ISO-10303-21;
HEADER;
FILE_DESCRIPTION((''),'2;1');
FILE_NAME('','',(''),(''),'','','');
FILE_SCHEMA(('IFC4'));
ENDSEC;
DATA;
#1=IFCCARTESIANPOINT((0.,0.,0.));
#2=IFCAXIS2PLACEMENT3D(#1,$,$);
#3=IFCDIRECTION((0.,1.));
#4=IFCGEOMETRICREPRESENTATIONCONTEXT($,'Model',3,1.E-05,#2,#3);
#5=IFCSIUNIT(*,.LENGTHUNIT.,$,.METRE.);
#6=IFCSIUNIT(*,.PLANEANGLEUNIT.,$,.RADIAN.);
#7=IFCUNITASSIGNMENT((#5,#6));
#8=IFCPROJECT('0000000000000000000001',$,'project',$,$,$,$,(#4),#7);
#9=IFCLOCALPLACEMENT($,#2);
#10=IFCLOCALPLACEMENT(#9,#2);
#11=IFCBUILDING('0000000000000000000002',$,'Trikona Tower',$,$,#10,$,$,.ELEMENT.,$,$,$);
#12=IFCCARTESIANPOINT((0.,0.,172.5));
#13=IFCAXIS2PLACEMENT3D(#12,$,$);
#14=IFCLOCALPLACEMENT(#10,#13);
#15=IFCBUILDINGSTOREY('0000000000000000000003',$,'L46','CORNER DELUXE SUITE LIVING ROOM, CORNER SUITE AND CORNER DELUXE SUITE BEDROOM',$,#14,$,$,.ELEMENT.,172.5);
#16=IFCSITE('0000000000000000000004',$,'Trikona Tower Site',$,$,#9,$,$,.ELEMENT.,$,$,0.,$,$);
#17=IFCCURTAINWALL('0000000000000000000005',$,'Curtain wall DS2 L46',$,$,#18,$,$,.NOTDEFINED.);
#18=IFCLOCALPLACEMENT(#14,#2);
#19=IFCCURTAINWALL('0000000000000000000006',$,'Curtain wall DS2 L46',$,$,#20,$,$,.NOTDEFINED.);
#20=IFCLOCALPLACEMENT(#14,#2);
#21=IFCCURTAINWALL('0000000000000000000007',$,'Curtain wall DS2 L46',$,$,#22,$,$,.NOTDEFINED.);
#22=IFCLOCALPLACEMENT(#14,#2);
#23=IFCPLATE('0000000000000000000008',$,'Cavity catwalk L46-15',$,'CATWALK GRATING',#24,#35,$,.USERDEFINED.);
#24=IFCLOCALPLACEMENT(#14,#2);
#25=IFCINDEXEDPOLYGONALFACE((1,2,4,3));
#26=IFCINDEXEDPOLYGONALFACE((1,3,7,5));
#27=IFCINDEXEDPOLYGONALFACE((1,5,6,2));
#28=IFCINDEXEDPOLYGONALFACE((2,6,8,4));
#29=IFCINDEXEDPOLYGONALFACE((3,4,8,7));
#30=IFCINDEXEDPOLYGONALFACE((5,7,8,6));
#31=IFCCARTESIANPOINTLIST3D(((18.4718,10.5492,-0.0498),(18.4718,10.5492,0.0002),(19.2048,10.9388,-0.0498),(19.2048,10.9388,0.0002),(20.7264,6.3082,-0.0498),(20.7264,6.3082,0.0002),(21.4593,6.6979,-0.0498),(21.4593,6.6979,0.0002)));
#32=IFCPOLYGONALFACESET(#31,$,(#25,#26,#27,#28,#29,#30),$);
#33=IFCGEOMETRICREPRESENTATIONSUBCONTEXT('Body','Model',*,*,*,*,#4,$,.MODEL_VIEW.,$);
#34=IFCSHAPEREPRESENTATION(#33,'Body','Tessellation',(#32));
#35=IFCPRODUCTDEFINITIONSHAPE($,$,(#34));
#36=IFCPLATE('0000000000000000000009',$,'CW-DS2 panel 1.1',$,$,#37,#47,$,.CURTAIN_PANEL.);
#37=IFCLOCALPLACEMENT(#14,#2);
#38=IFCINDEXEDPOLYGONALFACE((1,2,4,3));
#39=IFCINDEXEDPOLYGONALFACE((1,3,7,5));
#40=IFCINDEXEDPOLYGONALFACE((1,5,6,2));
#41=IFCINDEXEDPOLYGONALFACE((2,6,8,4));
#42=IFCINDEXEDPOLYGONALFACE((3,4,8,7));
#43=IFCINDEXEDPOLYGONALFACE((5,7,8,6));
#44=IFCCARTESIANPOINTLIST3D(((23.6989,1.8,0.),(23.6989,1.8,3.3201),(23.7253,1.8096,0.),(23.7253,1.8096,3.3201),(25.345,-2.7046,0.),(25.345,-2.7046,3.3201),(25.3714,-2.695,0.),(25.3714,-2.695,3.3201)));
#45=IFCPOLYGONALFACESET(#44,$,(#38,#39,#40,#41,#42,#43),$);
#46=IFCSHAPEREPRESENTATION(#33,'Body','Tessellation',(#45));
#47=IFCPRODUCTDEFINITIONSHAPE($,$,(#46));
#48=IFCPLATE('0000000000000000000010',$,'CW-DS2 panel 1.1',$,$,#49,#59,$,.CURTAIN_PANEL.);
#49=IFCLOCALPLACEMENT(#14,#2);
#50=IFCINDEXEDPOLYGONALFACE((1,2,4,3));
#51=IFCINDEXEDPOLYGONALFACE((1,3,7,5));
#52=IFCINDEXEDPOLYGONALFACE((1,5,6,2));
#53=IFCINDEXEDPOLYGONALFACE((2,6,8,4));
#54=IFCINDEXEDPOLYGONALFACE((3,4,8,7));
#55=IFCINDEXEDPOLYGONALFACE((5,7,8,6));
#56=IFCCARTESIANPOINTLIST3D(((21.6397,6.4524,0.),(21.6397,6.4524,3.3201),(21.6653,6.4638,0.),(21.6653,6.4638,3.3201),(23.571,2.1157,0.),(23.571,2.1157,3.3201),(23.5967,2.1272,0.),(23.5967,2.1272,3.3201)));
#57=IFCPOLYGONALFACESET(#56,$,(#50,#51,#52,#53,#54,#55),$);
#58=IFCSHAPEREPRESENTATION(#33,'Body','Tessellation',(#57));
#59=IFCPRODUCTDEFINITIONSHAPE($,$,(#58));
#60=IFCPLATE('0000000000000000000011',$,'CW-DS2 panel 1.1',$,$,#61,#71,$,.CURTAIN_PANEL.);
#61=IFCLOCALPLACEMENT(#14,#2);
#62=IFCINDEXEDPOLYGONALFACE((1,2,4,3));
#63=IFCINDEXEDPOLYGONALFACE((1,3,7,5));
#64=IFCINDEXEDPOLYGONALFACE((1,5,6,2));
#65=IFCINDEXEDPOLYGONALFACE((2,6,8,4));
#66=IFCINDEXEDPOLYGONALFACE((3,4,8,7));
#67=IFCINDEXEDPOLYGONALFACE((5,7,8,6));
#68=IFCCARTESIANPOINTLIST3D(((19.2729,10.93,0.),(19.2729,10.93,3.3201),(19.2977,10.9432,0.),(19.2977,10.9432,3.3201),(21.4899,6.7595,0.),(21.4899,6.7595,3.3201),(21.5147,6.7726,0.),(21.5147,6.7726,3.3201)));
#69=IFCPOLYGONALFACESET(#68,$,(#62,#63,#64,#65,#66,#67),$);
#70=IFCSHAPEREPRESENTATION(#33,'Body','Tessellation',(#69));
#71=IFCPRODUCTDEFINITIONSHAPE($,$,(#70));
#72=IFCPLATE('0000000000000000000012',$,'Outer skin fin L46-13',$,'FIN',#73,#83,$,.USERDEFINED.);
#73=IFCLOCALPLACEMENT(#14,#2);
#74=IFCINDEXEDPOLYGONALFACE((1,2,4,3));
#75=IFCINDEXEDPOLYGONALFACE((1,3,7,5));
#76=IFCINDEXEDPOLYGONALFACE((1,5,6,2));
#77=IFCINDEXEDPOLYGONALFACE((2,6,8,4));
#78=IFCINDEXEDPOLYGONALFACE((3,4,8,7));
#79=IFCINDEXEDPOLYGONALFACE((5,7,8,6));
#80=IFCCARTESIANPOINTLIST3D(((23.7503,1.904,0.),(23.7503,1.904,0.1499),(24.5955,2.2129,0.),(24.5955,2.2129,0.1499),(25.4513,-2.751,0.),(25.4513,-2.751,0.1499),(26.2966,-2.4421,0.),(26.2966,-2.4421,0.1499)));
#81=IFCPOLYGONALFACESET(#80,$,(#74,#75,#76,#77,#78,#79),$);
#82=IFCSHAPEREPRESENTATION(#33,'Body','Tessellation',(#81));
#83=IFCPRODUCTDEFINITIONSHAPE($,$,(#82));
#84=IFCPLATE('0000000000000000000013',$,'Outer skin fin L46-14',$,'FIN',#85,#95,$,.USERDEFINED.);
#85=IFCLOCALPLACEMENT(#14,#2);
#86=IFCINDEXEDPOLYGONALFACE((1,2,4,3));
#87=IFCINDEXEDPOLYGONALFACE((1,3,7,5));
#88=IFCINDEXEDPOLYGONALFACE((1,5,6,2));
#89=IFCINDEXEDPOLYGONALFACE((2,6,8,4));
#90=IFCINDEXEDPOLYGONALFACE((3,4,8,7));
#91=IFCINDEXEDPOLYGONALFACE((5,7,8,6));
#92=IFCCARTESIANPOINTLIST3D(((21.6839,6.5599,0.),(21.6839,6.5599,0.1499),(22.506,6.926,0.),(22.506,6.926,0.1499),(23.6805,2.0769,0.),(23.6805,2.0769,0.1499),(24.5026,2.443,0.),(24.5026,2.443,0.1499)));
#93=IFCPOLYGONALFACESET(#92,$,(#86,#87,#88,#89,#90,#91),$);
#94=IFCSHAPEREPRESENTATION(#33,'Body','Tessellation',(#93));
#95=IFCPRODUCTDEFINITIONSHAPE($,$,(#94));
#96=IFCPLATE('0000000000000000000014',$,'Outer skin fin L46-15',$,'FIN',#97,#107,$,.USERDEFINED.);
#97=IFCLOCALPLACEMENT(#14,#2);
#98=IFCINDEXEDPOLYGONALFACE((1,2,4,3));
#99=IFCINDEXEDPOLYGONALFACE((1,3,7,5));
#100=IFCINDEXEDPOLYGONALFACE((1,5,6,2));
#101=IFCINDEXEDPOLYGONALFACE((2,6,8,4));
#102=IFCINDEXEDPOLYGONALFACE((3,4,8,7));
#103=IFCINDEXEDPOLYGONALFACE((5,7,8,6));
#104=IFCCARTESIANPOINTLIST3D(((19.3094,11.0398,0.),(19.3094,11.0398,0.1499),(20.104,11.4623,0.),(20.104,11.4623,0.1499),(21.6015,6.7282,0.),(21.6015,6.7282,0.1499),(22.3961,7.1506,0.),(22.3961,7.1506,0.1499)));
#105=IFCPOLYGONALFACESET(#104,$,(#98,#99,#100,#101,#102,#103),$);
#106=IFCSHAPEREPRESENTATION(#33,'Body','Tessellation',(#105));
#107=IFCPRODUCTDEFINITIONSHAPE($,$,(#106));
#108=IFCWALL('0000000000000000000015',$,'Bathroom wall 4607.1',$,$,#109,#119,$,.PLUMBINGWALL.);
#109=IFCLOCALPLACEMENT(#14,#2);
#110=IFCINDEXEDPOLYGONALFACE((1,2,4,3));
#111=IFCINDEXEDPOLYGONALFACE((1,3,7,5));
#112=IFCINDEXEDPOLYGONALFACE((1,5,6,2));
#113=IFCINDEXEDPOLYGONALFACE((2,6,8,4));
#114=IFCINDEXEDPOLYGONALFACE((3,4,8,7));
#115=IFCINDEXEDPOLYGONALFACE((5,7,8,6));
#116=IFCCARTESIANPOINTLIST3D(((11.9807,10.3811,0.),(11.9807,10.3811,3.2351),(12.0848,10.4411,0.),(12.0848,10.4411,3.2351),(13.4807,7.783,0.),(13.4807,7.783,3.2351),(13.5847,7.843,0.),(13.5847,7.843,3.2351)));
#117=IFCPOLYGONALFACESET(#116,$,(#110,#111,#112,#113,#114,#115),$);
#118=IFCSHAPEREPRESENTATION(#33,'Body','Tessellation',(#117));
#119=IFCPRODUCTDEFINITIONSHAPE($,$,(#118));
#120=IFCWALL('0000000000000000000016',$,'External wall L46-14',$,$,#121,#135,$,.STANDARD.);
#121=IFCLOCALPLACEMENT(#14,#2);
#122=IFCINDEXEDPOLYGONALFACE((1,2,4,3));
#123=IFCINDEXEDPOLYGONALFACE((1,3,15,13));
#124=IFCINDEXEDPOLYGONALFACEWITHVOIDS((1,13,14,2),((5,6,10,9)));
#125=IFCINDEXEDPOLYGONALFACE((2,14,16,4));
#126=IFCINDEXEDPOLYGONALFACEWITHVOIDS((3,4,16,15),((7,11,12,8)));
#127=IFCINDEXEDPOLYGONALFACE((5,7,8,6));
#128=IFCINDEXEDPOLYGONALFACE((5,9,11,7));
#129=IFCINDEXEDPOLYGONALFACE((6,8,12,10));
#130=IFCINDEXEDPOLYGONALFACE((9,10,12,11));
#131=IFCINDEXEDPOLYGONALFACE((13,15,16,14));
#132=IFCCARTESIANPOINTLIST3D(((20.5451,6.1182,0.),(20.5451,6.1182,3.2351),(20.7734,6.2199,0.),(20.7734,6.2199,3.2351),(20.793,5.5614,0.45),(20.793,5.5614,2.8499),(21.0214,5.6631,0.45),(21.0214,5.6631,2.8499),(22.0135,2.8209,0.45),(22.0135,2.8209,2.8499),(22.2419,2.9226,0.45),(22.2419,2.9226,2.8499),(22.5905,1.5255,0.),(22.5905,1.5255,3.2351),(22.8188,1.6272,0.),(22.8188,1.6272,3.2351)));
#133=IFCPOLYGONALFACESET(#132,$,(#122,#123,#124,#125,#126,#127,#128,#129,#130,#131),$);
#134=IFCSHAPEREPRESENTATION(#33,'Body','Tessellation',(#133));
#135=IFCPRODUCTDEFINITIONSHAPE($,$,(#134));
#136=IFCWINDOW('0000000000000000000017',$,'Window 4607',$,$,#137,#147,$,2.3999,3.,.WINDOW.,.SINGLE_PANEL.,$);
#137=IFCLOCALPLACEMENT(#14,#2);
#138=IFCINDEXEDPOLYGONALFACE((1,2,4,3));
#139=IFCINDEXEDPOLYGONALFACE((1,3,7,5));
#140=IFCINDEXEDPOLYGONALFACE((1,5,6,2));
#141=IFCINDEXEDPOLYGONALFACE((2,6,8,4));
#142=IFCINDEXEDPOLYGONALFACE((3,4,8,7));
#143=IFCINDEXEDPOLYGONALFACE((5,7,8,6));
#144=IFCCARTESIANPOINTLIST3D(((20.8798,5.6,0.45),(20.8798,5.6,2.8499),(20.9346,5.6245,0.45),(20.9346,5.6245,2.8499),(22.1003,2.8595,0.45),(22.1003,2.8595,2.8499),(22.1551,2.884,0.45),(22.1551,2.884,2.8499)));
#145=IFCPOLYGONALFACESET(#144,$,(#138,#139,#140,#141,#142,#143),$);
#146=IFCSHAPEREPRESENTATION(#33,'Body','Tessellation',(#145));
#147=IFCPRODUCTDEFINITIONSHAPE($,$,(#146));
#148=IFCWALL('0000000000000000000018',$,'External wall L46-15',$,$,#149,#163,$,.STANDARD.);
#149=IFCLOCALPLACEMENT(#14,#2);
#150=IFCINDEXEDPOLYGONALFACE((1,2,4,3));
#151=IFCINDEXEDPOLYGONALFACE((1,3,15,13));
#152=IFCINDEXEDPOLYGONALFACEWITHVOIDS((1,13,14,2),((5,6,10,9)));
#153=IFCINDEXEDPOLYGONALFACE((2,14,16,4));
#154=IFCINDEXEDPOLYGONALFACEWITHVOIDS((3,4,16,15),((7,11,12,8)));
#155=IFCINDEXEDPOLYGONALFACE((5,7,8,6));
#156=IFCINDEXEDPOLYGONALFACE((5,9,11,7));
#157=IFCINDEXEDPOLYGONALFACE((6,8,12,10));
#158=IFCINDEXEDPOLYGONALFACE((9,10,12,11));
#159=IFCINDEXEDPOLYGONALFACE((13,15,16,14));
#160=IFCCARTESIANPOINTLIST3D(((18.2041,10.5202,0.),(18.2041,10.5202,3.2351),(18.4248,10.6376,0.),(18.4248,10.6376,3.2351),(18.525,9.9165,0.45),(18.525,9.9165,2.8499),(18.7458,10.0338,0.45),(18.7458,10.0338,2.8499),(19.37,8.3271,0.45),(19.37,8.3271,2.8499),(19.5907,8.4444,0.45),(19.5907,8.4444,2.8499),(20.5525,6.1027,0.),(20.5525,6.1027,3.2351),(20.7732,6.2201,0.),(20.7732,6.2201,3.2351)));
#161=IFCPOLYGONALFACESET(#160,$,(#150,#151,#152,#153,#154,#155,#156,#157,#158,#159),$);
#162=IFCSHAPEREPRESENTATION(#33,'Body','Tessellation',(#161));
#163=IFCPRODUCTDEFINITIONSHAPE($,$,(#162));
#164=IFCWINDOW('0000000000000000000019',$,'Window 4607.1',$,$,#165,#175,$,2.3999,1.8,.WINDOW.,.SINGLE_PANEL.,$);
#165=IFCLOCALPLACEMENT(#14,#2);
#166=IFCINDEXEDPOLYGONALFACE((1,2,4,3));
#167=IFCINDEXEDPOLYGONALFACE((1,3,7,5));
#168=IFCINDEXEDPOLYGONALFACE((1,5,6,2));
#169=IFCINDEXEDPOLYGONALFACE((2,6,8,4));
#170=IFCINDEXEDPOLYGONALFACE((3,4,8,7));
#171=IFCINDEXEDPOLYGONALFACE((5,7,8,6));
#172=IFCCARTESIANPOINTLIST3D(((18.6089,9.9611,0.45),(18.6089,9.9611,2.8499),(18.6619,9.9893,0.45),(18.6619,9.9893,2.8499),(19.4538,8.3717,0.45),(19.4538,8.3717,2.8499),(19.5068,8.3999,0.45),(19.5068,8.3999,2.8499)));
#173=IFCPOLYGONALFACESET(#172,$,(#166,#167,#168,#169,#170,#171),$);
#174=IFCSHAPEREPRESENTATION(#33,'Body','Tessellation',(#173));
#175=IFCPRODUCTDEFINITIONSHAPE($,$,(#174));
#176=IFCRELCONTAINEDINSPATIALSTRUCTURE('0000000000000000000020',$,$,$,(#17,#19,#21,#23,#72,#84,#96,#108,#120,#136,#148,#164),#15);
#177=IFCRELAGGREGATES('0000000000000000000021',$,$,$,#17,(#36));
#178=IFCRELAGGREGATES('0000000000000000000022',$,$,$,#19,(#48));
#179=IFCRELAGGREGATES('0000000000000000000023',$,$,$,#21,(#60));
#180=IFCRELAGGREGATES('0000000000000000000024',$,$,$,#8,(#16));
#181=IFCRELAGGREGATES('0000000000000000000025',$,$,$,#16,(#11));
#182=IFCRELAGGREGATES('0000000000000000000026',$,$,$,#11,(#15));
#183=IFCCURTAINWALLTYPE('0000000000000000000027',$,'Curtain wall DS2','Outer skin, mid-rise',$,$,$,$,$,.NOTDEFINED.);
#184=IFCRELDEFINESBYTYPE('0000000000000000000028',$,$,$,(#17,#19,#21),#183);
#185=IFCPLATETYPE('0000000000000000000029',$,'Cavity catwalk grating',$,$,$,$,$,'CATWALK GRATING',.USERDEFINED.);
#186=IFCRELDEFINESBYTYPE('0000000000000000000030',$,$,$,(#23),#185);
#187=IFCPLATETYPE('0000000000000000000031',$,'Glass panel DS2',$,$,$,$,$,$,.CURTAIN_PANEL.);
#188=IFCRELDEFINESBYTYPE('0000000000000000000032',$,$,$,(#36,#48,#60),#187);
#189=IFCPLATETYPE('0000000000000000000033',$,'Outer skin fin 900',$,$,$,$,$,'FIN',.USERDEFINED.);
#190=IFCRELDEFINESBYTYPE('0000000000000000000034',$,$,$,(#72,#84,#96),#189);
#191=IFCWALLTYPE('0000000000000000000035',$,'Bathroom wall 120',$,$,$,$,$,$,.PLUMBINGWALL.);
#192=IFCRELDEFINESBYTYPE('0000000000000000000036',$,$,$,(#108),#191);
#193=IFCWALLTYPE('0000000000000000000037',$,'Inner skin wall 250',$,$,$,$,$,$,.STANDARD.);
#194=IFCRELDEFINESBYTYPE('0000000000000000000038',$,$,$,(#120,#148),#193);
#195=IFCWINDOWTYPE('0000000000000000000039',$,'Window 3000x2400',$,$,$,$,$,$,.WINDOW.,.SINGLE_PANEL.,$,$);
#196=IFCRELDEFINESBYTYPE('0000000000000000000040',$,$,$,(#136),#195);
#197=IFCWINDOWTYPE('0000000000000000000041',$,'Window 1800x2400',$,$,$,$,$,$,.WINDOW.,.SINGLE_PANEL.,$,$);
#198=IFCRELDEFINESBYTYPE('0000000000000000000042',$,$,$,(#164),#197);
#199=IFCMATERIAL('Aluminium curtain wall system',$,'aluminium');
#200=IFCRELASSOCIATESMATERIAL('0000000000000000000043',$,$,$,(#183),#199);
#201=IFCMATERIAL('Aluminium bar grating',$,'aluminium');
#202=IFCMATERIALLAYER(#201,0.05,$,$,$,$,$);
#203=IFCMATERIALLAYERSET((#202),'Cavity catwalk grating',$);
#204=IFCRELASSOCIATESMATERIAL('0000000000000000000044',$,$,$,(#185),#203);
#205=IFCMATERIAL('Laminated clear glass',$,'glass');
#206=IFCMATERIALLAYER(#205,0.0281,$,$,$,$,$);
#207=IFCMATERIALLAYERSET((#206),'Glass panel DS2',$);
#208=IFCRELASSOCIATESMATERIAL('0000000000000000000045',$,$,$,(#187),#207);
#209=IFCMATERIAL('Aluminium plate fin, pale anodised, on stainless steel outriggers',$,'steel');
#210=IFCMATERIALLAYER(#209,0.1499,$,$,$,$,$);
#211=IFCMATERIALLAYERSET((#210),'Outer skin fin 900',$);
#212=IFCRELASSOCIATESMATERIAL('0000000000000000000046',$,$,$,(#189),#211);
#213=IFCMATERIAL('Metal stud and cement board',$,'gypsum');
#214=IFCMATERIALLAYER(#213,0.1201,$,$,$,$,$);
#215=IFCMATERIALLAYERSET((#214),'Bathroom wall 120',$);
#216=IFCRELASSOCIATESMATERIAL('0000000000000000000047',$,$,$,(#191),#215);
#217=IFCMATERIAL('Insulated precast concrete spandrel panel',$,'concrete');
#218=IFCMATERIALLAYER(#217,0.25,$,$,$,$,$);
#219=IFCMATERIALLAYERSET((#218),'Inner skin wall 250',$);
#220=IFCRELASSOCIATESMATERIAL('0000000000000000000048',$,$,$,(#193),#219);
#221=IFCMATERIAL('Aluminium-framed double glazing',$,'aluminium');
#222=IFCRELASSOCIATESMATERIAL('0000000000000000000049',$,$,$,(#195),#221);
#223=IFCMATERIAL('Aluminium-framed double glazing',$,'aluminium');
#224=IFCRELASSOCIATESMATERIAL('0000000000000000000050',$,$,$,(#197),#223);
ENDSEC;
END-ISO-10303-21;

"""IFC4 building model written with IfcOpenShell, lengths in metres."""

from ifc_helpers import new_model, si_unit, direction, frame, frame_2d, origin, origin_2d, place, context, subcontext, project, spatial, rectangle, extrude, material, layer, layer_set, type_object, element, fill, aggregate, save


model = new_model("IFC4")

# Units and contexts
model_context = context("Model", 3, precision=1e-05, world=origin(), true_north=direction((0.0, 1.0)))
body_context = subcontext(model_context, "Body", "Model", "MODEL_VIEW")
ifc_project = project(units=[si_unit("LENGTHUNIT", "METRE"), si_unit("PLANEANGLEUNIT", "RADIAN")], contexts=[model_context])

# Site, building, storey
site_placement = place(None, origin())
site = spatial("IfcSite", under=ifc_project, at=site_placement, Name="Trikona Tower Site", CompositionType="ELEMENT", RefElevation=0.0)
building_placement = place(site_placement, origin())
building = spatial("IfcBuilding", under=site, at=building_placement, Name="Trikona Tower", CompositionType="ELEMENT")
storey_placement = place(building_placement, frame((0.0, 0.0, 172.5)))
storey = spatial("IfcBuildingStorey", under=building, at=storey_placement, Name="L46", Description="CORNER DELUXE SUITE LIVING ROOM, CORNER SUITE AND CORNER DELUXE SUITE BEDROOM", CompositionType="ELEMENT", Elevation=172.5)

# Curtain wall
ifc_material_1 = material(Name="Aluminium curtain wall system", Category="aluminium")
curtain_wall_type = type_object("IfcCurtainWallType", Name="Curtain wall DS2", Description="Outer skin, mid-rise", PredefinedType="NOTDEFINED", material=ifc_material_1)
curtain_wall_1_placement = place(storey_placement, origin())
curtain_wall_1 = element("IfcCurtainWall", 1, at=curtain_wall_1_placement, inside=storey, type_object=curtain_wall_type, Name="Curtain wall DS2 L46", PredefinedType="NOTDEFINED")

# Curtain wall
curtain_wall_2_placement = place(storey_placement, origin())
curtain_wall_2 = element("IfcCurtainWall", 2, at=curtain_wall_2_placement, inside=storey, type_object=curtain_wall_type, Name="Curtain wall DS2 L46", PredefinedType="NOTDEFINED")

# Curtain wall
curtain_wall_3_placement = place(storey_placement, origin())
curtain_wall_3 = element("IfcCurtainWall", 3, at=curtain_wall_3_placement, inside=storey, type_object=curtain_wall_type, Name="Curtain wall DS2 L46", PredefinedType="NOTDEFINED")

# Plate
ifc_material_2 = material(Name="Aluminium bar grating", Category="aluminium")
ifc_layer_1 = layer(ifc_material_2, 0.05)
ifc_layer_set_1 = layer_set([ifc_layer_1], Name="Cavity catwalk grating")
plate_type_1 = type_object("IfcPlateType", Name="Cavity catwalk grating", ElementType="CATWALK GRATING", PredefinedType="USERDEFINED", material=ifc_layer_set_1)
plate_1_placement = place(storey_placement, frame((19.9656, 8.6235, -0.0498), z_axis=(0.0, 0.0, 1.0), x_axis=(-0.469398, 0.882987, 0.0)))
element("IfcPlate", 4, at=plate_1_placement, inside=storey, type_object=plate_type_1, Name="Cavity catwalk L46-15", ObjectType="CATWALK GRATING", PredefinedType="USERDEFINED", context=body_context, shape_type="SweptSolid", body=[
    extrude(rectangle(XDim=4.803, YDim=0.8301, at=origin_2d()), origin(), (0.0, 0.0, 1.0), 0.05),
])

# Plates
ifc_material_3 = material(Name="Laminated clear glass", Category="glass")
ifc_layer_2 = layer(ifc_material_3, 0.0281)
ifc_layer_set_2 = layer_set([ifc_layer_2], Name="Glass panel DS2")
plate_type_2 = type_object("IfcPlateType", Name="Glass panel DS2", PredefinedType="CURTAIN_PANEL", material=ifc_layer_set_2)
plate_2_placement = place(storey_placement, frame((24.5352, -0.4475, 0.0), z_axis=(0.0, 0.0, 1.0), x_axis=(-0.343223, 0.939254, 0.0)))
plate_2 = element("IfcPlate", 5, at=plate_2_placement, type_object=plate_type_2, Name="CW-DS2 panel 1.1", PredefinedType="CURTAIN_PANEL", context=body_context, shape_type="SweptSolid", body=[
    extrude(rectangle(XDim=4.7959, YDim=0.0281, at=origin_2d()), origin(), (0.0, 0.0, 1.0), 3.3201),
])
aggregate(curtain_wall_1, [plate_2])
plate_3_placement = place(storey_placement, frame((22.6182, 4.2898, 0.0), z_axis=(0.0, 0.0, 1.0), x_axis=(-0.406836, 0.913501, 0.0)))
plate_3 = element("IfcPlate", 6, at=plate_3_placement, type_object=plate_type_2, Name="CW-DS2 panel 1.1", PredefinedType="CURTAIN_PANEL", context=body_context, shape_type="SweptSolid", body=[
    extrude(rectangle(XDim=4.7473, YDim=0.0281, at=origin_2d()), origin(), (0.0, 0.0, 1.0), 3.3201),
])
aggregate(curtain_wall_2, [plate_3])
plate_4_placement = place(storey_placement, frame((20.3938, 8.8513, 0.0), z_axis=(0.0, 0.0, 1.0), x_axis=(-0.46938, 0.882996, 0.0)))
plate_4 = element("IfcPlate", 7, at=plate_4_placement, type_object=plate_type_2, Name="CW-DS2 panel 1.1", PredefinedType="CURTAIN_PANEL", context=body_context, shape_type="SweptSolid", body=[
    extrude(rectangle(XDim=4.7231, YDim=0.0281, at=origin_2d()), origin(), (0.0, 0.0, 1.0), 3.3201),
])
aggregate(curtain_wall_3, [plate_4])

# Plates
ifc_material_4 = material(Name="Aluminium plate fin, pale anodised, on stainless steel outriggers", Category="steel")
ifc_layer_3 = layer(ifc_material_4, 0.1499)
ifc_layer_set_3 = layer_set([ifc_layer_3], Name="Outer skin fin 900")
plate_type_3 = type_object("IfcPlateType", Name="Outer skin fin 900", ElementType="FIN", PredefinedType="USERDEFINED", material=ifc_layer_set_3)
plate_5_placement = place(storey_placement, frame((25.0234, -0.269, 0.0), z_axis=(0.0, 0.0, 1.0), x_axis=(-0.34322, 0.939255, 0.0)))
element("IfcPlate", 8, at=plate_5_placement, inside=storey, type_object=plate_type_3, Name="Outer skin fin L46-13", ObjectType="FIN", PredefinedType="USERDEFINED", context=body_context, shape_type="SweptSolid", body=[
    extrude(rectangle(XDim=4.9561, YDim=0.8999, at=origin_2d()), origin(), (0.0, 0.0, 1.0), 0.1499),
])
plate_6_placement = place(storey_placement, frame((23.0933, 4.5015, 0.0), z_axis=(0.0, 0.0, 1.0), x_axis=(-0.406843, 0.913498, 0.0)))
element("IfcPlate", 9, at=plate_6_placement, inside=storey, type_object=plate_type_3, Name="Outer skin fin L46-14", ObjectType="FIN", PredefinedType="USERDEFINED", context=body_context, shape_type="SweptSolid", body=[
    extrude(rectangle(XDim=4.9075, YDim=0.8999, at=origin_2d()), origin(), (0.0, 0.0, 1.0), 0.1499),
])
plate_7_placement = place(storey_placement, frame((20.8528, 9.0952, 0.0), z_axis=(0.0, 0.0, 1.0), x_axis=(-0.469398, 0.882987, 0.0)))
element("IfcPlate", 10, at=plate_7_placement, inside=storey, type_object=plate_type_3, Name="Outer skin fin L46-15", ObjectType="FIN", PredefinedType="USERDEFINED", context=body_context, shape_type="SweptSolid", body=[
    extrude(rectangle(XDim=4.8831, YDim=0.8999, at=origin_2d()), origin(), (0.0, 0.0, 1.0), 0.1499),
])

# Wall
ifc_material_5 = material(Name="Metal stud and cement board", Category="gypsum")
ifc_layer_4 = layer(ifc_material_5, 0.1201)
ifc_layer_set_4 = layer_set([ifc_layer_4], Name="Bathroom wall 120")
wall_type_1 = type_object("IfcWallType", Name="Bathroom wall 120", PredefinedType="PLUMBINGWALL", material=ifc_layer_set_4)
wall_1_placement = place(storey_placement, frame((13.5327, 7.813, 0.0), z_axis=(0.0, 0.0, 1.0), x_axis=(-0.49999, 0.866031, 0.0)))
element("IfcWall", 11, at=wall_1_placement, inside=storey, type_object=wall_type_1, Name="Bathroom wall 4607.1", PredefinedType="PLUMBINGWALL", context=body_context, shape_type="SweptSolid", body=[
    extrude(rectangle(XDim=3.0, YDim=0.1201, at=frame_2d((1.5, 0.0))), origin(), (0.0, 0.0, 1.0), 3.2351),
])

# Walls, openings, windows
ifc_material_6 = material(Name="Insulated precast concrete spandrel panel", Category="concrete")
ifc_layer_5 = layer(ifc_material_6, 0.25)
ifc_layer_set_5 = layer_set([ifc_layer_5], Name="Inner skin wall 250")
wall_type_2 = type_object("IfcWallType", Name="Inner skin wall 250", PredefinedType="STANDARD", material=ifc_layer_set_5)
wall_2_placement = place(storey_placement, frame((22.7046, 1.5764, 0.0), z_axis=(0.0, 0.0, 1.0), x_axis=(-0.406832, 0.913503, 0.0)))
wall_2 = element("IfcWall", 12, at=wall_2_placement, inside=storey, type_object=wall_type_2, Name="External wall L46-14", PredefinedType="STANDARD", context=body_context, shape_type="SweptSolid", body=[
    extrude(rectangle(XDim=5.0276, YDim=0.25, at=frame_2d((2.5137, 0.0))), origin(), (0.0, 0.0, 1.0), 3.2351),
])
opening_1_placement = place(wall_2_placement, frame((1.418, 0.0, 0.45)))
opening_1 = element("IfcOpeningElement", 13, at=opening_1_placement, cuts=wall_2, PredefinedType="OPENING", context=body_context, shape_type="SweptSolid", body=[
    extrude(rectangle(XDim=3.0, YDim=2.3999, at=frame_2d((1.5, 1.2))), frame((0.0, 0.135, 0.0), z_axis=(0.0, -1.0, 0.0), x_axis=(1.0, 0.0, 0.0)), (0.0, 0.0, 1.0), 0.27),
])
ifc_material_7 = material(Name="Aluminium-framed double glazing", Category="aluminium")
window_type_1 = type_object("IfcWindowType", Name="Window 3000x2400", PartitioningType="SINGLE_PANEL", PredefinedType="WINDOW", material=ifc_material_7)
window_1_placement = place(opening_1_placement, origin())
window_1 = element("IfcWindow", 14, at=window_1_placement, inside=storey, type_object=window_type_1, Name="Window 4607", OverallHeight=2.3999, OverallWidth=3.0, PartitioningType="SINGLE_PANEL", PredefinedType="WINDOW", context=body_context, shape_type="SweptSolid", body=[
    extrude(rectangle(XDim=3.0, YDim=2.3999, at=frame_2d((1.5, 1.2))), frame((0.0, 0.03, 0.0), z_axis=(0.0, -1.0, 0.0), x_axis=(1.0, 0.0, 0.0)), (0.0, 0.0, 1.0), 0.0601),
])
fill(opening_1, window_1)
wall_3_placement = place(storey_placement, frame((20.6628, 6.1614, 0.0), z_axis=(0.0, 0.0, 1.0), x_axis=(-0.469405, 0.882983, 0.0)))
wall_3 = element("IfcWall", 15, at=wall_3_placement, inside=storey, type_object=wall_type_2, Name="External wall L46-15", PredefinedType="STANDARD", context=body_context, shape_type="SweptSolid", body=[
    extrude(rectangle(XDim=5.0029, YDim=0.25, at=frame_2d((2.5015, 0.0))), origin(), (0.0, 0.0, 1.0), 3.2351),
])
opening_2_placement = place(wall_3_placement, frame((2.5193, 0.0, 0.45)))
opening_2 = element("IfcOpeningElement", 16, at=opening_2_placement, cuts=wall_3, PredefinedType="OPENING", context=body_context, shape_type="SweptSolid", body=[
    extrude(rectangle(XDim=1.8, YDim=2.3999, at=frame_2d((0.8999, 1.2))), frame((0.0, 0.135, 0.0), z_axis=(0.0, -1.0, 0.0), x_axis=(1.0, 0.0, 0.0)), (0.0, 0.0, 1.0), 0.27),
])
ifc_material_8 = material(Name="Aluminium-framed double glazing", Category="aluminium")
window_type_2 = type_object("IfcWindowType", Name="Window 1800x2400", PartitioningType="SINGLE_PANEL", PredefinedType="WINDOW", material=ifc_material_8)
window_2_placement = place(opening_2_placement, origin())
window_2 = element("IfcWindow", 17, at=window_2_placement, inside=storey, type_object=window_type_2, Name="Window 4607.1", OverallHeight=2.3999, OverallWidth=1.8, PartitioningType="SINGLE_PANEL", PredefinedType="WINDOW", context=body_context, shape_type="SweptSolid", body=[
    extrude(rectangle(XDim=1.8, YDim=2.3999, at=frame_2d((0.8999, 1.2))), frame((0.0, 0.03, 0.0), z_axis=(0.0, -1.0, 0.0), x_axis=(1.0, 0.0, 0.0)), (0.0, 0.0, 1.0), 0.0601),
])
fill(opening_2, window_2)

save(model, "model.ifc")
